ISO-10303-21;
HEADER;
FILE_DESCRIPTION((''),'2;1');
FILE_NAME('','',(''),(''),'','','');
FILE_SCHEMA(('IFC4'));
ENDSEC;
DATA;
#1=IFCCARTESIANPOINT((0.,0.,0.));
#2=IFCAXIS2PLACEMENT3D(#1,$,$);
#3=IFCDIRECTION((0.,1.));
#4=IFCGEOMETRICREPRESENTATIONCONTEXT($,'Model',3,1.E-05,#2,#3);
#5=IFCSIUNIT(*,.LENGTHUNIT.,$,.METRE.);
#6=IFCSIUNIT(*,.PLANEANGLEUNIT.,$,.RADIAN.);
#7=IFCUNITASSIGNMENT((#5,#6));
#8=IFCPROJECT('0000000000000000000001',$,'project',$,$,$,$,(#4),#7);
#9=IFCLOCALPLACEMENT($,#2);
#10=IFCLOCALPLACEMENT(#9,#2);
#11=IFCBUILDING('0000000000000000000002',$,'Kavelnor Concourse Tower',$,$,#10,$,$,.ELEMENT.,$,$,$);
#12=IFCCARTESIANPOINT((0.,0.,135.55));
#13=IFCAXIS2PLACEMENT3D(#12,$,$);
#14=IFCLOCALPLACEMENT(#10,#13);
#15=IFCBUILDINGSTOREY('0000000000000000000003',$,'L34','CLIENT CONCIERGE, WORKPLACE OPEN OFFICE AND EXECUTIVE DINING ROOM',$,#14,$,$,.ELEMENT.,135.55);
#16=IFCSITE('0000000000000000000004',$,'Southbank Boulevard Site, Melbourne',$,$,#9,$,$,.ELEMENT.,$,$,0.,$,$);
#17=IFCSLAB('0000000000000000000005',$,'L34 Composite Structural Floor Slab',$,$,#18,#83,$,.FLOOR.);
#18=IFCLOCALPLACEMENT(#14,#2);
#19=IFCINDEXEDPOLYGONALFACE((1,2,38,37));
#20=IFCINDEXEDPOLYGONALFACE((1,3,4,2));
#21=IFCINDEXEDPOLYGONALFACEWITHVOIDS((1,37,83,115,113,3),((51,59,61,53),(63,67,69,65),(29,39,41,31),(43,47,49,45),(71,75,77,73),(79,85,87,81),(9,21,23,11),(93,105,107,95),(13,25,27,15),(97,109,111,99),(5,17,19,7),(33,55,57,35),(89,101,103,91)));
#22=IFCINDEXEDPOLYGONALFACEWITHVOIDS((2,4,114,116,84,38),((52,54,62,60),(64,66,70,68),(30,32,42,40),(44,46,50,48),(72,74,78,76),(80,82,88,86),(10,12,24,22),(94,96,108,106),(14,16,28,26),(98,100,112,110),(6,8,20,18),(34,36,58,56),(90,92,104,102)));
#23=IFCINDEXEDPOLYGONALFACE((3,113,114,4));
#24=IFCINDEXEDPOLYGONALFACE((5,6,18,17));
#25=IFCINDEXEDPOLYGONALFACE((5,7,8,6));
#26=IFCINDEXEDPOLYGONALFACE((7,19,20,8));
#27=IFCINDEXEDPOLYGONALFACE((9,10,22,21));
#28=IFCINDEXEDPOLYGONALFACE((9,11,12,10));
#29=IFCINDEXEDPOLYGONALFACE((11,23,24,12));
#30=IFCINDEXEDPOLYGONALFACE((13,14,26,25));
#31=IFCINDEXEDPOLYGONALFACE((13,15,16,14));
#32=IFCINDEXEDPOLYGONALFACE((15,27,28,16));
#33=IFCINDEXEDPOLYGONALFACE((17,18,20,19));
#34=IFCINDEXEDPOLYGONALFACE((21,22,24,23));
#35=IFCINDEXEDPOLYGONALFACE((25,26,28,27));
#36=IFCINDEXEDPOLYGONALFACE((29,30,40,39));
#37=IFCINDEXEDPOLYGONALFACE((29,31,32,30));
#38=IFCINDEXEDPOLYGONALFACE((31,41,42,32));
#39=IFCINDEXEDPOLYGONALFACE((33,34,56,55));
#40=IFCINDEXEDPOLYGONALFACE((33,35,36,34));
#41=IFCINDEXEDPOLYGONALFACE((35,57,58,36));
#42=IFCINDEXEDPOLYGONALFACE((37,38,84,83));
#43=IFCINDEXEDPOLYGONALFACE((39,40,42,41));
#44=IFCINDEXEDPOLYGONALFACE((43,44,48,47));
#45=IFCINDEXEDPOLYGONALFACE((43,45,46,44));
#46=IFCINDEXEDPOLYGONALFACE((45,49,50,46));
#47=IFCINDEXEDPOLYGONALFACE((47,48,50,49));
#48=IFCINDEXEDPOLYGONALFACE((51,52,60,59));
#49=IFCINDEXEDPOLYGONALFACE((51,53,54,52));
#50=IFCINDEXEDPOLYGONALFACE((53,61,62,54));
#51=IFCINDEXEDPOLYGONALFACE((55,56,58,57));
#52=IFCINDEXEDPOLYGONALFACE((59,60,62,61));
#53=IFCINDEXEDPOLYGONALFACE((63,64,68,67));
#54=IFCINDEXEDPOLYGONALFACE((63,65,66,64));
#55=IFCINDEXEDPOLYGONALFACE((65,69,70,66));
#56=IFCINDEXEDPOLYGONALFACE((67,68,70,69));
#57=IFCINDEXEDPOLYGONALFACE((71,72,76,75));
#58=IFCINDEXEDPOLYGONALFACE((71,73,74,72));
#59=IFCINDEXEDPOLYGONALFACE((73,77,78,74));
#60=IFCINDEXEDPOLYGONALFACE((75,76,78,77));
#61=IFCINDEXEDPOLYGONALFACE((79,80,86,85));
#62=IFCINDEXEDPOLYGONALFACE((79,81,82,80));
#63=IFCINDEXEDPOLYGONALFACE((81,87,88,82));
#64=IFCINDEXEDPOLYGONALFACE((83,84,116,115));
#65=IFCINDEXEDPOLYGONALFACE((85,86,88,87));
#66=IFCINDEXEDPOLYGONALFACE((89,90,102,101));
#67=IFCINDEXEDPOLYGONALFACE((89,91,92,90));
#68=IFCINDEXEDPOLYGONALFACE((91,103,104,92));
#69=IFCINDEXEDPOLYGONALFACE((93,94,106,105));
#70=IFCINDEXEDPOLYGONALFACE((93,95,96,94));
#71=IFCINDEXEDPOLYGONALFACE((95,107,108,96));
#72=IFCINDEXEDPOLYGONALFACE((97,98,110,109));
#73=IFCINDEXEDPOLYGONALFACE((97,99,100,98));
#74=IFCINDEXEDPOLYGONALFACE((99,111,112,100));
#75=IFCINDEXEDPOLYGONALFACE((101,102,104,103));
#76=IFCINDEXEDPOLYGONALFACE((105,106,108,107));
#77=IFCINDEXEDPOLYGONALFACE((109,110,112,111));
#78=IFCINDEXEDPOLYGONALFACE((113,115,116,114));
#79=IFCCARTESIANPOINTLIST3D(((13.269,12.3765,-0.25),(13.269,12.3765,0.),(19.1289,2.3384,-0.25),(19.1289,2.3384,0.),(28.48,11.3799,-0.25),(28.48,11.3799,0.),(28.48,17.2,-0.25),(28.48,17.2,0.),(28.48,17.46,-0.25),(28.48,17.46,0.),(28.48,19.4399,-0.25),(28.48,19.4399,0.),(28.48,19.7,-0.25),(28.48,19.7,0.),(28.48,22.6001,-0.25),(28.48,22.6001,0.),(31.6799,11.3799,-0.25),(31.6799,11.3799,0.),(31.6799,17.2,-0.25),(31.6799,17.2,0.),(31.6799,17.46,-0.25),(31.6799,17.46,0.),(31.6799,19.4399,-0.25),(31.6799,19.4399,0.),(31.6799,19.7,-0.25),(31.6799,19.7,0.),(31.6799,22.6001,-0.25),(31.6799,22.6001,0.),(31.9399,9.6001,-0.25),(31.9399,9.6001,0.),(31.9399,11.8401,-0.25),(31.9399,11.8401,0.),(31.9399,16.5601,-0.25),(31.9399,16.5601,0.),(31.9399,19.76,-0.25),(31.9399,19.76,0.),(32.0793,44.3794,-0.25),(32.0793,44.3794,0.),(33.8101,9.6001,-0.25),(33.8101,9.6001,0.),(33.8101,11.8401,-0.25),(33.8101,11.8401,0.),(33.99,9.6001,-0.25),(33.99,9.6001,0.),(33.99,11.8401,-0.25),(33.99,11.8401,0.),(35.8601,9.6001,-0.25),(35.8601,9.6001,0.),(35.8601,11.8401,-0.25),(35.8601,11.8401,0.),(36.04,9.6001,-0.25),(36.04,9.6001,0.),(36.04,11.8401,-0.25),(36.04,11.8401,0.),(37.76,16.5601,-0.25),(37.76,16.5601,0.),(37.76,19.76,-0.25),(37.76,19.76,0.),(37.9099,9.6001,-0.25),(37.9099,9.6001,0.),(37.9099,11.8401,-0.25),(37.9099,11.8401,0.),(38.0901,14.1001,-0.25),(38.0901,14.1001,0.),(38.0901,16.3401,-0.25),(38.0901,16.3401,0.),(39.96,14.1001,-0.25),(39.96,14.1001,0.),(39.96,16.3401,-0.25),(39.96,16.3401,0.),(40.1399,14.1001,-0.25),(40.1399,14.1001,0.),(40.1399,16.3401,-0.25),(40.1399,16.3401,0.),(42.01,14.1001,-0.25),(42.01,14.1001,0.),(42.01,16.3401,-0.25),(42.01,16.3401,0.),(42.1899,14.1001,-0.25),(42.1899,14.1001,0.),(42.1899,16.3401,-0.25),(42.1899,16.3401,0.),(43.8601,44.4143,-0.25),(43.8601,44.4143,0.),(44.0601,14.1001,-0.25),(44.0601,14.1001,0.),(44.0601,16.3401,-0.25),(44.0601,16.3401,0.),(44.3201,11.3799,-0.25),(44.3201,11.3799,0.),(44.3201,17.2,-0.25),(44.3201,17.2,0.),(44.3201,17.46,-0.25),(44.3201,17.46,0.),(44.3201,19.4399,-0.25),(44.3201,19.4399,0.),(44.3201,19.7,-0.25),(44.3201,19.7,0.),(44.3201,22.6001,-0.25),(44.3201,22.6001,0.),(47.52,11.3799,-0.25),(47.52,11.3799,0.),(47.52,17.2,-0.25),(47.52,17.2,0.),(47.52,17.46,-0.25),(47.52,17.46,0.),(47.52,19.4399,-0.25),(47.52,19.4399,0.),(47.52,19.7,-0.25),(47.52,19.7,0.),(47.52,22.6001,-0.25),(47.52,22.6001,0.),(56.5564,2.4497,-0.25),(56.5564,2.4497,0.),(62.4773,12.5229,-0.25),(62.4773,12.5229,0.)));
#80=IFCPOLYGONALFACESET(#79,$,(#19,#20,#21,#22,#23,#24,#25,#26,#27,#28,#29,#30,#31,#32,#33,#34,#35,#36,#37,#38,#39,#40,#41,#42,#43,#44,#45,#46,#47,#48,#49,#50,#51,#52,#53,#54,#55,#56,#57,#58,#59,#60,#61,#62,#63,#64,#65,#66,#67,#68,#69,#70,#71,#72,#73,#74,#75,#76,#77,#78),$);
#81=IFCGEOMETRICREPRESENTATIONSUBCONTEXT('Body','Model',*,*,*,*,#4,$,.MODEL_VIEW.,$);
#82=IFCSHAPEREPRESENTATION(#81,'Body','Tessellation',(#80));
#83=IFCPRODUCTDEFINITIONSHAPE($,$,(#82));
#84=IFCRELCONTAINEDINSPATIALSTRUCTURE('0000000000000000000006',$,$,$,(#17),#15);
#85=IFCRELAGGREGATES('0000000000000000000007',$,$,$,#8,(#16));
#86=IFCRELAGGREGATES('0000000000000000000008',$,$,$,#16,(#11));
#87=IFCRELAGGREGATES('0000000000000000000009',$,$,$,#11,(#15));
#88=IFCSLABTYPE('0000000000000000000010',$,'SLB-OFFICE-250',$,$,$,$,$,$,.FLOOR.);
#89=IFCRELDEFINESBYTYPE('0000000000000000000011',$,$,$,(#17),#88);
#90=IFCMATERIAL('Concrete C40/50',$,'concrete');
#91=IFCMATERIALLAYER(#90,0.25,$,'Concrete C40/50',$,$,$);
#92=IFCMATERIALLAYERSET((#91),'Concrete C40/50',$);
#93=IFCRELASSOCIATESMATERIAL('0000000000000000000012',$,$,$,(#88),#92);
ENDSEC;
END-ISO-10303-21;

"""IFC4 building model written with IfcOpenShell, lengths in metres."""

from ifc_helpers import new_model, si_unit, direction, frame, origin, place, context, subcontext, project, spatial, polyline, outline, extrude, material, layer, layer_set, type_object, element, save


model = new_model("IFC4")

# Units and contexts
model_context = context("Model", 3, precision=1e-05, world=origin(), true_north=direction((0.0, 1.0)))
body_context = subcontext(model_context, "Body", "Model", "MODEL_VIEW")
ifc_project = project(units=[si_unit("LENGTHUNIT", "METRE"), si_unit("PLANEANGLEUNIT", "RADIAN")], contexts=[model_context])

# Site, building, storey
site_placement = place(None, origin())
site = spatial("IfcSite", under=ifc_project, at=site_placement, Name="Southbank Boulevard Site, Melbourne", CompositionType="ELEMENT", RefElevation=0.0)
building_placement = place(site_placement, origin())
building = spatial("IfcBuilding", under=site, at=building_placement, Name="Kavelnor Concourse Tower", CompositionType="ELEMENT")
storey_placement = place(building_placement, frame((0.0, 0.0, 135.55)))
storey = spatial("IfcBuildingStorey", under=building, at=storey_placement, Name="L34", Description="CLIENT CONCIERGE, WORKPLACE OPEN OFFICE AND EXECUTIVE DINING ROOM", CompositionType="ELEMENT", Elevation=135.55)

# Shared definitions
ifc_material_1 = material(Name="Concrete C40/50", Category="concrete")

# Slab
ifc_layer_1 = layer(ifc_material_1, 0.25, Name="Concrete C40/50")
ifc_layer_set_1 = layer_set([ifc_layer_1], Name="Concrete C40/50")
slab_type_1 = type_object("IfcSlabType", Name="SLB-OFFICE-250", PredefinedType="FLOOR", material=ifc_layer_set_1)
slab_1_placement = place(storey_placement, frame((0.0, 0.0, -0.25)))
element("IfcSlab", 1, at=slab_1_placement, inside=storey, type_object=slab_type_1, Name="L34 Composite Structural Floor Slab", PredefinedType="FLOOR", context=body_context, shape_type="SweptSolid", body=[
    extrude(outline(polyline([(43.8601, 44.4143), (32.0793, 44.3794), (13.269, 12.3765), (19.1289, 2.3384), (56.5564, 2.4497), (62.4773, 12.5229), (43.8601, 44.4143)]), holes=[polyline([(28.48, 11.3799), (31.6799, 11.3799), (31.6799, 17.2), (28.48, 17.2), (28.48, 11.3799)]), polyline([(44.3201, 11.3799), (47.52, 11.3799), (47.52, 17.2), (44.3201, 17.2), (44.3201, 11.3799)]), polyline([(31.9399, 16.5601), (37.76, 16.5601), (37.76, 19.76), (31.9399, 19.76), (31.9399, 16.5601)]), polyline([(28.48, 19.7), (31.6799, 19.7), (31.6799, 22.6001), (28.48, 22.6001), (28.48, 19.7)]), polyline([(44.3201, 19.7), (47.52, 19.7), (47.52, 22.6001), (44.3201, 22.6001), (44.3201, 19.7)]), polyline([(38.0901, 14.1001), (39.96, 14.1001), (39.96, 16.3401), (38.0901, 16.3401), (38.0901, 14.1001)]), polyline([(40.1399, 14.1001), (42.01, 14.1001), (42.01, 16.3401), (40.1399, 16.3401), (40.1399, 14.1001)]), polyline([(42.1899, 14.1001), (44.0601, 14.1001), (44.0601, 16.3401), (42.1899, 16.3401), (42.1899, 14.1001)]), polyline([(31.9399, 9.6001), (33.8101, 9.6001), (33.8101, 11.8401), (31.9399, 11.8401), (31.9399, 9.6001)]), polyline([(33.99, 9.6001), (35.8601, 9.6001), (35.8601, 11.8401), (33.99, 11.8401), (33.99, 9.6001)]), polyline([(36.04, 9.6001), (37.9099, 9.6001), (37.9099, 11.8401), (36.04, 11.8401), (36.04, 9.6001)]), polyline([(28.48, 17.46), (31.6799, 17.46), (31.6799, 19.4399), (28.48, 19.4399), (28.48, 17.46)]), polyline([(44.3201, 17.46), (47.52, 17.46), (47.52, 19.4399), (44.3201, 19.4399), (44.3201, 17.46)])]), origin(), (0.0, 0.0, 1.0), 0.25),
])

save(model, "model.ifc")
